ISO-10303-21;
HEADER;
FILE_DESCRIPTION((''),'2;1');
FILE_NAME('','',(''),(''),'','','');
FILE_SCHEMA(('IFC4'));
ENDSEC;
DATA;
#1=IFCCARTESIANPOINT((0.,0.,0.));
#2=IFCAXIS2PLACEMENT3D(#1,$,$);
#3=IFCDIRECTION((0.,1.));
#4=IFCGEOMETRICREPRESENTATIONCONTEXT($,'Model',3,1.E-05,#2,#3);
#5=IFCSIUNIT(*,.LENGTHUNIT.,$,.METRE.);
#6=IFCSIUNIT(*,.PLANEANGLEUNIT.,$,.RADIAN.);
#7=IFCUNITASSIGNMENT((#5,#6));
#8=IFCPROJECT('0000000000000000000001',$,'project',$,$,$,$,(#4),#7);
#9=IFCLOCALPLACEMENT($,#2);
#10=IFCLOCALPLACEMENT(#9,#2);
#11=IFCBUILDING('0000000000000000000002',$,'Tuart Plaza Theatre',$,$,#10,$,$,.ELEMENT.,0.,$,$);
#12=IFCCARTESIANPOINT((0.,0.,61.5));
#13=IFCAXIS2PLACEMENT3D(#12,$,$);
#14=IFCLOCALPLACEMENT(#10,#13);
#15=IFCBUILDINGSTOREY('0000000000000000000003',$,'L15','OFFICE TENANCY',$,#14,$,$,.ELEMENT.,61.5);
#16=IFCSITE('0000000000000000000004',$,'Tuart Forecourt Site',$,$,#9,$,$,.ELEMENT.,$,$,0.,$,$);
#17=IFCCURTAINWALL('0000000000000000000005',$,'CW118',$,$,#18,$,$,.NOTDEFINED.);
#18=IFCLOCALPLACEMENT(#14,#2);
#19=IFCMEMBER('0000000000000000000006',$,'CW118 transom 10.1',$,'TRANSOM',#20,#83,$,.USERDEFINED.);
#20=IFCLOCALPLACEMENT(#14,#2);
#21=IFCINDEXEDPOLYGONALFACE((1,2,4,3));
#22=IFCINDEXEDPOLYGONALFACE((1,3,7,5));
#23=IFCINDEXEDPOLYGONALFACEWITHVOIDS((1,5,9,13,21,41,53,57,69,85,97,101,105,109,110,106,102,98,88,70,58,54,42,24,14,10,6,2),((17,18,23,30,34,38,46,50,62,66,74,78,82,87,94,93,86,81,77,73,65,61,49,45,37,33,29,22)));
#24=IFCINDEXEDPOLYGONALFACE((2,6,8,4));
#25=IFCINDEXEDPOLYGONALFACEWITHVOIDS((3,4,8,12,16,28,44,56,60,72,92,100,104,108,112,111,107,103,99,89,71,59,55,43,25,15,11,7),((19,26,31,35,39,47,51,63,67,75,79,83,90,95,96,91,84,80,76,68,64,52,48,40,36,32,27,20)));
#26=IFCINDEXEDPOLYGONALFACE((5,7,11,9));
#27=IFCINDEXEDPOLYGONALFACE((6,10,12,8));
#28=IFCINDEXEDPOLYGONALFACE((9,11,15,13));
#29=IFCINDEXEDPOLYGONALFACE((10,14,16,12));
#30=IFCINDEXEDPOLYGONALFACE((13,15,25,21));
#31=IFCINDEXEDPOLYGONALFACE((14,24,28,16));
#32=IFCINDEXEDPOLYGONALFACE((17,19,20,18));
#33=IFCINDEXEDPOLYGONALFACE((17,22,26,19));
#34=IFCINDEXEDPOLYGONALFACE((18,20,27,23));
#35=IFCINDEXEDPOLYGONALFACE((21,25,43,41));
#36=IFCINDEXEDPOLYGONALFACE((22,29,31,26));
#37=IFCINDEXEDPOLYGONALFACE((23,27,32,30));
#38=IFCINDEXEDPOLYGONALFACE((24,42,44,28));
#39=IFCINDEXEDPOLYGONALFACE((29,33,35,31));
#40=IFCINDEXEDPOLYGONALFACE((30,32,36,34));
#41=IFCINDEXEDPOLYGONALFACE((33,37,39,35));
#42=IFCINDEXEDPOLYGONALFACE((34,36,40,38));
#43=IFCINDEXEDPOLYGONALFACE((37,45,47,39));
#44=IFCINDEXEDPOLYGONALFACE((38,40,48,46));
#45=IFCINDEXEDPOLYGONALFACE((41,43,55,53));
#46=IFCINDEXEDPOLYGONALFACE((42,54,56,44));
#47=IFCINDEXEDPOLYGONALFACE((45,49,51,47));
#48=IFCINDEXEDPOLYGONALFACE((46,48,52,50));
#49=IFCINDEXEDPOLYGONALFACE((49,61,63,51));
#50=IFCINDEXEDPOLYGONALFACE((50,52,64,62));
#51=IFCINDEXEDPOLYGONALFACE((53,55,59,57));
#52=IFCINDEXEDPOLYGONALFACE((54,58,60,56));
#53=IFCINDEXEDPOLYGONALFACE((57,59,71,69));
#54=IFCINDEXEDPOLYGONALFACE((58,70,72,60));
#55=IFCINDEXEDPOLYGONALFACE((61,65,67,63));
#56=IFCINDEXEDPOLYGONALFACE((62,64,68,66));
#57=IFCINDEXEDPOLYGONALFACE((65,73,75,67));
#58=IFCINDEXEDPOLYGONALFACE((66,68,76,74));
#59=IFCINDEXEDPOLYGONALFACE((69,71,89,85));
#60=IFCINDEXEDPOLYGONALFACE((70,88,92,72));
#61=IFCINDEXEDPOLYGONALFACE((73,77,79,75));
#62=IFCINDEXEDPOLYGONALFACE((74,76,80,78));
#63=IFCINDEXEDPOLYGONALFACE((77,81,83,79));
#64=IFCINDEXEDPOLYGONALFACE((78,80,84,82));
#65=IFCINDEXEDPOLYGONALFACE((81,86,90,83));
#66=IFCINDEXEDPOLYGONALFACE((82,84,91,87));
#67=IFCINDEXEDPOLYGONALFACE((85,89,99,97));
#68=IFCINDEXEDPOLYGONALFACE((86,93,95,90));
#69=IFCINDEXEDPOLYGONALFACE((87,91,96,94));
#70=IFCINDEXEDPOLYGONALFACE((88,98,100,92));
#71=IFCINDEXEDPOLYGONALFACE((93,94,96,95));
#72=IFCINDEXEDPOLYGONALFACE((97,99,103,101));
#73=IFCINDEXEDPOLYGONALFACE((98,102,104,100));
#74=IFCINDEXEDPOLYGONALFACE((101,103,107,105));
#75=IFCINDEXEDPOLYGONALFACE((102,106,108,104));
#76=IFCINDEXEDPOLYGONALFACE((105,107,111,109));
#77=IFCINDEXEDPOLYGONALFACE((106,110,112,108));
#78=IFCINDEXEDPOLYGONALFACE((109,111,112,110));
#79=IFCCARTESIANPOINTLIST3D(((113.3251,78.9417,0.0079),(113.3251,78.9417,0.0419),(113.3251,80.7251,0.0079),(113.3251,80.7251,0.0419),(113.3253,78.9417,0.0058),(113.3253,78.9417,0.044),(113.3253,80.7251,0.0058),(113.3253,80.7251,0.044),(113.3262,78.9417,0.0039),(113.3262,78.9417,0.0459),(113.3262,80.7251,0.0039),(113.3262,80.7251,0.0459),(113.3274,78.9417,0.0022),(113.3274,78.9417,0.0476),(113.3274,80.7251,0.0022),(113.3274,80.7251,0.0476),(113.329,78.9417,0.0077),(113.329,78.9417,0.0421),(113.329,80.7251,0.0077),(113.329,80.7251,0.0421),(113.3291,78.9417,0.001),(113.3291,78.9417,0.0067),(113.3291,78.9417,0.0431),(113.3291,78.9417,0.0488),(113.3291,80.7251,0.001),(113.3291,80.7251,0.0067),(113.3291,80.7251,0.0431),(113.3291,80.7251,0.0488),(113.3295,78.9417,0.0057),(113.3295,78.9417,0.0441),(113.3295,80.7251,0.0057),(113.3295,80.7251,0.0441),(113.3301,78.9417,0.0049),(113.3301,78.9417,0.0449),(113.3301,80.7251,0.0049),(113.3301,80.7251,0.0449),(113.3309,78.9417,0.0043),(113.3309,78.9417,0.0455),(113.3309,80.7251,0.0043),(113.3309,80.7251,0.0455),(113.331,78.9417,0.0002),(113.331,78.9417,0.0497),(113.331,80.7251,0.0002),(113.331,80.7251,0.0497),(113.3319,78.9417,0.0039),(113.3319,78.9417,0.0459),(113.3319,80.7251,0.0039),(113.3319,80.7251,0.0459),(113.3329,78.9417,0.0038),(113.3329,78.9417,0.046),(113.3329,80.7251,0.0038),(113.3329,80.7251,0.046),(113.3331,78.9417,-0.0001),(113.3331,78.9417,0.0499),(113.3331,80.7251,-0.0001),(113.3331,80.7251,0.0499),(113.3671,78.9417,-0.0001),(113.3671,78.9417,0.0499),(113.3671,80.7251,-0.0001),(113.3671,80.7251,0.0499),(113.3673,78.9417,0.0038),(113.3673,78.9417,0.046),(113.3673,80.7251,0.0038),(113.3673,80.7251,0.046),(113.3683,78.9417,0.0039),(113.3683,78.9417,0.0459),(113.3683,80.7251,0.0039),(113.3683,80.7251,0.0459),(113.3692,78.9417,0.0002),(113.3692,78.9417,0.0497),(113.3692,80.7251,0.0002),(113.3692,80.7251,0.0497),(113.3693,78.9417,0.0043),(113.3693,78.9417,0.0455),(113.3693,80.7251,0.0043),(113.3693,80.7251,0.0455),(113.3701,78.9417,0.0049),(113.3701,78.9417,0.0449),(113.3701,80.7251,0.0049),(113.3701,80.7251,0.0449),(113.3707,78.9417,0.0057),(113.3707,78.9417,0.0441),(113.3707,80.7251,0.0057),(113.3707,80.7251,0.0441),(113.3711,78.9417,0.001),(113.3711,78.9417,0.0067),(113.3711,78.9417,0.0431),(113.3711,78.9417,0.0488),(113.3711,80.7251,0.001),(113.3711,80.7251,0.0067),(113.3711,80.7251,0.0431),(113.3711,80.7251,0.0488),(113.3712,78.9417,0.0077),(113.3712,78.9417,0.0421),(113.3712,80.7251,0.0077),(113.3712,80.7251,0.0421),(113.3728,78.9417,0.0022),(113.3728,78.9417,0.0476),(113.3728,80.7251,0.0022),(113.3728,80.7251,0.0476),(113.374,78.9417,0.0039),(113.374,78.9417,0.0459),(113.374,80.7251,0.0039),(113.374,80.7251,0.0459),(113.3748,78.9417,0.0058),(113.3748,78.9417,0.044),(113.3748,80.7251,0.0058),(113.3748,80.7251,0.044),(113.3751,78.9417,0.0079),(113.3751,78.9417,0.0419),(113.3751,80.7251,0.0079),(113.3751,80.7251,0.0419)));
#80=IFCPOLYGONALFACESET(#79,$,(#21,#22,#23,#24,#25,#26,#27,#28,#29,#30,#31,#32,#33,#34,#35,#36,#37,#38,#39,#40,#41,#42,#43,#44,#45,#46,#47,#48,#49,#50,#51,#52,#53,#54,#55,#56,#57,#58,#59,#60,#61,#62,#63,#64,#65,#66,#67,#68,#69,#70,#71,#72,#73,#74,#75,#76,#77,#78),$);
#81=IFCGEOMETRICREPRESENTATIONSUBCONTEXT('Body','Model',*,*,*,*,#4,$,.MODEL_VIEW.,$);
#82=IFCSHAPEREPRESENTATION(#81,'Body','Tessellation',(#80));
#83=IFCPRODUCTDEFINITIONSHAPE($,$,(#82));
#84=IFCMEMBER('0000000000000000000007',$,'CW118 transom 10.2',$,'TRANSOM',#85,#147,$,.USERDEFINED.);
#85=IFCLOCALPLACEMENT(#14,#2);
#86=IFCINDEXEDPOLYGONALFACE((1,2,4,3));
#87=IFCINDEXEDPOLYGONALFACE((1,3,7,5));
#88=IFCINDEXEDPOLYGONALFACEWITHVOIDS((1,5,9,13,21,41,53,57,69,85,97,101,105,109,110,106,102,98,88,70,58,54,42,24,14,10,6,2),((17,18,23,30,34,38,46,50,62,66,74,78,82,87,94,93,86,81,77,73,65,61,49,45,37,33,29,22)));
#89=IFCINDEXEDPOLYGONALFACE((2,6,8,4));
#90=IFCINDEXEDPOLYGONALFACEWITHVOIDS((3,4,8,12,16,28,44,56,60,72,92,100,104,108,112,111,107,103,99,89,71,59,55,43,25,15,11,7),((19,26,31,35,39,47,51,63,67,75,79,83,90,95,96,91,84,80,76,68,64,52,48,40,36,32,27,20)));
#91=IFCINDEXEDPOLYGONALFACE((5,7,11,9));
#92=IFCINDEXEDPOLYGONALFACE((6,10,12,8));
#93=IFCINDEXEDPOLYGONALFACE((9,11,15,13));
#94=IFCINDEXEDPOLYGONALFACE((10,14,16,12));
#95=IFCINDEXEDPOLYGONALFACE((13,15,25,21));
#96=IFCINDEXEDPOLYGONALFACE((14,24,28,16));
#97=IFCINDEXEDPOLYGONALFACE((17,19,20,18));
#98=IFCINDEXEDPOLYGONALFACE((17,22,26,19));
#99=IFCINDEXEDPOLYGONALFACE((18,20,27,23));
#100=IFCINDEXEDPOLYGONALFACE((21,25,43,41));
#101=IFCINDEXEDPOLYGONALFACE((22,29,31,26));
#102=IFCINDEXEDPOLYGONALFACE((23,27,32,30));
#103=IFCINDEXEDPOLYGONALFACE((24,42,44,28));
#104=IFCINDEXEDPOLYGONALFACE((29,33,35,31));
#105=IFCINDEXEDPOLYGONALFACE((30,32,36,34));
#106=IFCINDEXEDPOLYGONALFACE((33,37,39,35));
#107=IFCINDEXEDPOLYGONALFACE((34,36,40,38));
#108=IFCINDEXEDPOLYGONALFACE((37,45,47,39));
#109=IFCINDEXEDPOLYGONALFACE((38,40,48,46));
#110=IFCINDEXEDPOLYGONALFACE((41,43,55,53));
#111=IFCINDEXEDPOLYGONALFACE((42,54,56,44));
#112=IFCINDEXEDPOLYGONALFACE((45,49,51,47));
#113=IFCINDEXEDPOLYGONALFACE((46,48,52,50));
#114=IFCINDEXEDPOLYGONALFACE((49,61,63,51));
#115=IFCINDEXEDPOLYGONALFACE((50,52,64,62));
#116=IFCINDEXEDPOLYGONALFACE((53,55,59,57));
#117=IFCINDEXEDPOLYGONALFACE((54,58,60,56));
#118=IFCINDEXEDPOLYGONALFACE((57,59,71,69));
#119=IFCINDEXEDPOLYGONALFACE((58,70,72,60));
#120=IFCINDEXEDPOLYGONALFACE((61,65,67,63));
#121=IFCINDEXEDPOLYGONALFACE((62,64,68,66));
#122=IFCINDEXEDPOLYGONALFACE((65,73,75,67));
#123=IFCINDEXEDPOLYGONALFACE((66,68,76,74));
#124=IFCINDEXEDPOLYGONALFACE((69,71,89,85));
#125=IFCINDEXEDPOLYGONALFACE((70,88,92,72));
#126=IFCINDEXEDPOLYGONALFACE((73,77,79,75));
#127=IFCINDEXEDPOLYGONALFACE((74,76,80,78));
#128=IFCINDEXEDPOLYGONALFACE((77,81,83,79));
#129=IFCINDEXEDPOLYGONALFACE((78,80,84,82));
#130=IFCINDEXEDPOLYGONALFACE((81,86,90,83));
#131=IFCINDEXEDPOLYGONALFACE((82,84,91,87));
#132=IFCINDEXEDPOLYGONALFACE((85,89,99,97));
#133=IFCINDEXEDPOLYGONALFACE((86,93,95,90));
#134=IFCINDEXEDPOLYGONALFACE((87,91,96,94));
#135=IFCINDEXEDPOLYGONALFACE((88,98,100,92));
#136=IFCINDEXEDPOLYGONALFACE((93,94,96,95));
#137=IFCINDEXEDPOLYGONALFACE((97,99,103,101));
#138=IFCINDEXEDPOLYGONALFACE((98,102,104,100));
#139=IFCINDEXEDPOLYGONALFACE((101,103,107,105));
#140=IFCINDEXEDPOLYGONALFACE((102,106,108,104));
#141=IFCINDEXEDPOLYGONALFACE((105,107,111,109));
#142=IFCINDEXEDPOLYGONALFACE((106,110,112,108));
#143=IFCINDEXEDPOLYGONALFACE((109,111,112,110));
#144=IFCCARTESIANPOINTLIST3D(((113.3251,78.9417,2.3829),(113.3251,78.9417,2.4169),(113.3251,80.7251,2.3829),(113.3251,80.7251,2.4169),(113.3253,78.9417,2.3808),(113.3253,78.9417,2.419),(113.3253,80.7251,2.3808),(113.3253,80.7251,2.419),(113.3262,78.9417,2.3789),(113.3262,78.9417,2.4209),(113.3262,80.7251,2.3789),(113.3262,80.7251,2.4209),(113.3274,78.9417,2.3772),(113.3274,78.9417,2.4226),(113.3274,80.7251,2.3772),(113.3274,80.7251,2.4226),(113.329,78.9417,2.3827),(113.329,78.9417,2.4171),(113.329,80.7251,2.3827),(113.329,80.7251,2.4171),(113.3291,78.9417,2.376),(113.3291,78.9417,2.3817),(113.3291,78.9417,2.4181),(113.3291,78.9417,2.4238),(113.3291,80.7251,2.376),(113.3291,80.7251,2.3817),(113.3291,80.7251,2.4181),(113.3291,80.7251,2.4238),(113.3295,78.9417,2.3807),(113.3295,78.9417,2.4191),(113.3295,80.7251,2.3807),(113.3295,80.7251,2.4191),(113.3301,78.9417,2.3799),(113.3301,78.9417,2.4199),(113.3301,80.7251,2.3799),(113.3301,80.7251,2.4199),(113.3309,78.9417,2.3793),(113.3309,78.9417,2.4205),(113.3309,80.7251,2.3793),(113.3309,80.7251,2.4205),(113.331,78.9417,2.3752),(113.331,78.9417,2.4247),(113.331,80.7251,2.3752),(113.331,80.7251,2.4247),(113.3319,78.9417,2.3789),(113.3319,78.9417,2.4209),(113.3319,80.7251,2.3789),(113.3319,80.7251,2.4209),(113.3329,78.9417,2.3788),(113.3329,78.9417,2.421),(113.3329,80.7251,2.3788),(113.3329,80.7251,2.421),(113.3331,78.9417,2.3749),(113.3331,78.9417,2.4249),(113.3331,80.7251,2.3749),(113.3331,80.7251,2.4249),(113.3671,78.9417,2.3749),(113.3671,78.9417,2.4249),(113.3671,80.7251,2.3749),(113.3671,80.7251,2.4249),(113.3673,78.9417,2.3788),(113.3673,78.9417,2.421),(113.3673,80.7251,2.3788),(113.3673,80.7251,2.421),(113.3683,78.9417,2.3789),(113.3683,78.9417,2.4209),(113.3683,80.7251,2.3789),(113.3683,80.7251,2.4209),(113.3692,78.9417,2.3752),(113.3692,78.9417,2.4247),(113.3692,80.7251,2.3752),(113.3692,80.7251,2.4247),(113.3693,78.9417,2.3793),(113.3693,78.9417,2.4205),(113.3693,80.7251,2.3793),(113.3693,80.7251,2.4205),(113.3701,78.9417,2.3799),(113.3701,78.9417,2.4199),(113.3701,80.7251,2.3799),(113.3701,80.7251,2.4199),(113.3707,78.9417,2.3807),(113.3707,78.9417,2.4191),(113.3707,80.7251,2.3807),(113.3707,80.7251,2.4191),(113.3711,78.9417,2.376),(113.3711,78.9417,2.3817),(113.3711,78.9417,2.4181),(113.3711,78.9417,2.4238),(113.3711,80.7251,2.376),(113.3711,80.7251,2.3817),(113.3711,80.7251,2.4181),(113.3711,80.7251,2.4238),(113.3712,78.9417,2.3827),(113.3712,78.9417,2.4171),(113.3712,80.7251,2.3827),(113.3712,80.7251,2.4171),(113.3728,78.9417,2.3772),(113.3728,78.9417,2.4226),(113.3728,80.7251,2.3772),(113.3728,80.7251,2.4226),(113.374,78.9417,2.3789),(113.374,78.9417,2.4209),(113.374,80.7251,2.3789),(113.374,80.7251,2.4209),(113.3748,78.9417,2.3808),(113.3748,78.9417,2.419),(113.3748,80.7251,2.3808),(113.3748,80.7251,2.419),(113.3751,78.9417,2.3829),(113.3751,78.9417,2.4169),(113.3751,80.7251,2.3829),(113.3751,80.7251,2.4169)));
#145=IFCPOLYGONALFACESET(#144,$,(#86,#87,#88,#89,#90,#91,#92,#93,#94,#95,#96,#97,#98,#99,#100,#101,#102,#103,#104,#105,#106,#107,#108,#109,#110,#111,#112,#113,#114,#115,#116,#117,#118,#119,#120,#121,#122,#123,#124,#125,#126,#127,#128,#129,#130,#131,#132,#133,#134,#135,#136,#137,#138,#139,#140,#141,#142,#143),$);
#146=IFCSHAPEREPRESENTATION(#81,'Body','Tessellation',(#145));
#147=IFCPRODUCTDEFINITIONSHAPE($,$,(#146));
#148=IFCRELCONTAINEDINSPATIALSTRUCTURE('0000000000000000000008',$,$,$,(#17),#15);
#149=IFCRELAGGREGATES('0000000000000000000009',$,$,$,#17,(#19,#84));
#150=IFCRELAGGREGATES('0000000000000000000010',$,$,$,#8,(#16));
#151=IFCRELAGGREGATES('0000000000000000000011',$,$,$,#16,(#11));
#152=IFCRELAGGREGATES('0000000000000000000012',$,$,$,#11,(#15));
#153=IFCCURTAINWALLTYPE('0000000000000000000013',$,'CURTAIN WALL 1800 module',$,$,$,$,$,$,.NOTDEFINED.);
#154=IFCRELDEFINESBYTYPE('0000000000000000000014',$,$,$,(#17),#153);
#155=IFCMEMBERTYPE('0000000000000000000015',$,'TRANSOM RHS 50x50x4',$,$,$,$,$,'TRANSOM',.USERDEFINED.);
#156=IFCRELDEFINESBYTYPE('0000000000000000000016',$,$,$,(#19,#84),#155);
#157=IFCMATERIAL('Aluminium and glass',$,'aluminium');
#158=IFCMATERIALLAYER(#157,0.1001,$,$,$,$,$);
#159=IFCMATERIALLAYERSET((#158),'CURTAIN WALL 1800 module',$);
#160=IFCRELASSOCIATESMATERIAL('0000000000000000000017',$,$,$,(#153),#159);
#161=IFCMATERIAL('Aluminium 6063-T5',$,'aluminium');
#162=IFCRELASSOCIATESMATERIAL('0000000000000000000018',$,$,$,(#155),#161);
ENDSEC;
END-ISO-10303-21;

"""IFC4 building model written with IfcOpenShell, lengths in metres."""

from ifc_helpers import new_model, si_unit, direction, frame, origin, origin_2d, place, context, subcontext, project, spatial, hollow_rectangle, extrude, material, layer, layer_set, material_profile, profile_set, type_object, element, aggregate, save


model = new_model("IFC4")

# Units and contexts
model_context = context("Model", 3, precision=1e-05, world=origin(), true_north=direction((0.0, 1.0)))
body_context = subcontext(model_context, "Body", "Model", "MODEL_VIEW")
ifc_project = project(units=[si_unit("LENGTHUNIT", "METRE"), si_unit("PLANEANGLEUNIT", "RADIAN")], contexts=[model_context])

# Site, building, storey
site_placement = place(None, origin())
site = spatial("IfcSite", under=ifc_project, at=site_placement, Name="Tuart Forecourt Site", CompositionType="ELEMENT", RefElevation=0.0)
building_placement = place(site_placement, origin())
building = spatial("IfcBuilding", under=site, at=building_placement, Name="Tuart Plaza Theatre", CompositionType="ELEMENT", ElevationOfRefHeight=0.0)
storey_placement = place(building_placement, frame((0.0, 0.0, 61.5)))
storey = spatial("IfcBuildingStorey", under=building, at=storey_placement, Name="L15", Description="OFFICE TENANCY", CompositionType="ELEMENT", Elevation=61.5)

# Curtain wall, members
ifc_material_1 = material(Name="Aluminium and glass", Category="aluminium")
ifc_layer_1 = layer(ifc_material_1, 0.1001)
ifc_layer_set_1 = layer_set([ifc_layer_1], Name="CURTAIN WALL 1800 module")
curtain_wall_type = type_object("IfcCurtainWallType", Name="CURTAIN WALL 1800 module", PredefinedType="NOTDEFINED", material=ifc_layer_set_1)
curtain_wall_placement = place(storey_placement, origin())
curtain_wall = element("IfcCurtainWall", 1, at=curtain_wall_placement, inside=storey, type_object=curtain_wall_type, Name="CW118", PredefinedType="NOTDEFINED")
ifc_material_2 = material(Name="Aluminium 6063-T5", Category="aluminium")
ifc_material_profile = material_profile(ifc_material_2, hollow_rectangle(XDim=0.05, YDim=0.05, WallThickness=0.0039, InnerFilletRadius=0.0039, OuterFilletRadius=0.0081, at=origin_2d()), Name="RHS 50x50x4")
ifc_profile_set = profile_set([ifc_material_profile], Name="Aluminium 6063-T5")
member_type = type_object("IfcMemberType", Name="TRANSOM RHS 50x50x4", ElementType="TRANSOM", PredefinedType="USERDEFINED", material=ifc_profile_set)
member_1_placement = place(storey_placement, frame((113.3501, 80.7251, 0.0249), z_axis=(0.0, -1.0, 0.0), x_axis=(1.0, 0.0, 0.0)))
member_1 = element("IfcMember", 2, at=member_1_placement, type_object=member_type, Name="CW118 transom 10.1", ObjectType="TRANSOM", PredefinedType="USERDEFINED", context=body_context, shape_type="SweptSolid", body=[
    extrude(hollow_rectangle(XDim=0.05, YDim=0.05, WallThickness=0.0039, InnerFilletRadius=0.0039, OuterFilletRadius=0.0081, at=origin_2d()), origin(), (0.0, 0.0, 1.0), 1.7834),
])
member_2_placement = place(storey_placement, frame((113.3501, 80.7251, 2.3999), z_axis=(0.0, -1.0, 0.0), x_axis=(1.0, 0.0, 0.0)))
member_2 = element("IfcMember", 3, at=member_2_placement, type_object=member_type, Name="CW118 transom 10.2", ObjectType="TRANSOM", PredefinedType="USERDEFINED", context=body_context, shape_type="SweptSolid", body=[
    extrude(hollow_rectangle(XDim=0.05, YDim=0.05, WallThickness=0.0039, InnerFilletRadius=0.0039, OuterFilletRadius=0.0081, at=origin_2d()), origin(), (0.0, 0.0, 1.0), 1.7834),
])
aggregate(curtain_wall, [member_1, member_2])

save(model, "model.ifc")
